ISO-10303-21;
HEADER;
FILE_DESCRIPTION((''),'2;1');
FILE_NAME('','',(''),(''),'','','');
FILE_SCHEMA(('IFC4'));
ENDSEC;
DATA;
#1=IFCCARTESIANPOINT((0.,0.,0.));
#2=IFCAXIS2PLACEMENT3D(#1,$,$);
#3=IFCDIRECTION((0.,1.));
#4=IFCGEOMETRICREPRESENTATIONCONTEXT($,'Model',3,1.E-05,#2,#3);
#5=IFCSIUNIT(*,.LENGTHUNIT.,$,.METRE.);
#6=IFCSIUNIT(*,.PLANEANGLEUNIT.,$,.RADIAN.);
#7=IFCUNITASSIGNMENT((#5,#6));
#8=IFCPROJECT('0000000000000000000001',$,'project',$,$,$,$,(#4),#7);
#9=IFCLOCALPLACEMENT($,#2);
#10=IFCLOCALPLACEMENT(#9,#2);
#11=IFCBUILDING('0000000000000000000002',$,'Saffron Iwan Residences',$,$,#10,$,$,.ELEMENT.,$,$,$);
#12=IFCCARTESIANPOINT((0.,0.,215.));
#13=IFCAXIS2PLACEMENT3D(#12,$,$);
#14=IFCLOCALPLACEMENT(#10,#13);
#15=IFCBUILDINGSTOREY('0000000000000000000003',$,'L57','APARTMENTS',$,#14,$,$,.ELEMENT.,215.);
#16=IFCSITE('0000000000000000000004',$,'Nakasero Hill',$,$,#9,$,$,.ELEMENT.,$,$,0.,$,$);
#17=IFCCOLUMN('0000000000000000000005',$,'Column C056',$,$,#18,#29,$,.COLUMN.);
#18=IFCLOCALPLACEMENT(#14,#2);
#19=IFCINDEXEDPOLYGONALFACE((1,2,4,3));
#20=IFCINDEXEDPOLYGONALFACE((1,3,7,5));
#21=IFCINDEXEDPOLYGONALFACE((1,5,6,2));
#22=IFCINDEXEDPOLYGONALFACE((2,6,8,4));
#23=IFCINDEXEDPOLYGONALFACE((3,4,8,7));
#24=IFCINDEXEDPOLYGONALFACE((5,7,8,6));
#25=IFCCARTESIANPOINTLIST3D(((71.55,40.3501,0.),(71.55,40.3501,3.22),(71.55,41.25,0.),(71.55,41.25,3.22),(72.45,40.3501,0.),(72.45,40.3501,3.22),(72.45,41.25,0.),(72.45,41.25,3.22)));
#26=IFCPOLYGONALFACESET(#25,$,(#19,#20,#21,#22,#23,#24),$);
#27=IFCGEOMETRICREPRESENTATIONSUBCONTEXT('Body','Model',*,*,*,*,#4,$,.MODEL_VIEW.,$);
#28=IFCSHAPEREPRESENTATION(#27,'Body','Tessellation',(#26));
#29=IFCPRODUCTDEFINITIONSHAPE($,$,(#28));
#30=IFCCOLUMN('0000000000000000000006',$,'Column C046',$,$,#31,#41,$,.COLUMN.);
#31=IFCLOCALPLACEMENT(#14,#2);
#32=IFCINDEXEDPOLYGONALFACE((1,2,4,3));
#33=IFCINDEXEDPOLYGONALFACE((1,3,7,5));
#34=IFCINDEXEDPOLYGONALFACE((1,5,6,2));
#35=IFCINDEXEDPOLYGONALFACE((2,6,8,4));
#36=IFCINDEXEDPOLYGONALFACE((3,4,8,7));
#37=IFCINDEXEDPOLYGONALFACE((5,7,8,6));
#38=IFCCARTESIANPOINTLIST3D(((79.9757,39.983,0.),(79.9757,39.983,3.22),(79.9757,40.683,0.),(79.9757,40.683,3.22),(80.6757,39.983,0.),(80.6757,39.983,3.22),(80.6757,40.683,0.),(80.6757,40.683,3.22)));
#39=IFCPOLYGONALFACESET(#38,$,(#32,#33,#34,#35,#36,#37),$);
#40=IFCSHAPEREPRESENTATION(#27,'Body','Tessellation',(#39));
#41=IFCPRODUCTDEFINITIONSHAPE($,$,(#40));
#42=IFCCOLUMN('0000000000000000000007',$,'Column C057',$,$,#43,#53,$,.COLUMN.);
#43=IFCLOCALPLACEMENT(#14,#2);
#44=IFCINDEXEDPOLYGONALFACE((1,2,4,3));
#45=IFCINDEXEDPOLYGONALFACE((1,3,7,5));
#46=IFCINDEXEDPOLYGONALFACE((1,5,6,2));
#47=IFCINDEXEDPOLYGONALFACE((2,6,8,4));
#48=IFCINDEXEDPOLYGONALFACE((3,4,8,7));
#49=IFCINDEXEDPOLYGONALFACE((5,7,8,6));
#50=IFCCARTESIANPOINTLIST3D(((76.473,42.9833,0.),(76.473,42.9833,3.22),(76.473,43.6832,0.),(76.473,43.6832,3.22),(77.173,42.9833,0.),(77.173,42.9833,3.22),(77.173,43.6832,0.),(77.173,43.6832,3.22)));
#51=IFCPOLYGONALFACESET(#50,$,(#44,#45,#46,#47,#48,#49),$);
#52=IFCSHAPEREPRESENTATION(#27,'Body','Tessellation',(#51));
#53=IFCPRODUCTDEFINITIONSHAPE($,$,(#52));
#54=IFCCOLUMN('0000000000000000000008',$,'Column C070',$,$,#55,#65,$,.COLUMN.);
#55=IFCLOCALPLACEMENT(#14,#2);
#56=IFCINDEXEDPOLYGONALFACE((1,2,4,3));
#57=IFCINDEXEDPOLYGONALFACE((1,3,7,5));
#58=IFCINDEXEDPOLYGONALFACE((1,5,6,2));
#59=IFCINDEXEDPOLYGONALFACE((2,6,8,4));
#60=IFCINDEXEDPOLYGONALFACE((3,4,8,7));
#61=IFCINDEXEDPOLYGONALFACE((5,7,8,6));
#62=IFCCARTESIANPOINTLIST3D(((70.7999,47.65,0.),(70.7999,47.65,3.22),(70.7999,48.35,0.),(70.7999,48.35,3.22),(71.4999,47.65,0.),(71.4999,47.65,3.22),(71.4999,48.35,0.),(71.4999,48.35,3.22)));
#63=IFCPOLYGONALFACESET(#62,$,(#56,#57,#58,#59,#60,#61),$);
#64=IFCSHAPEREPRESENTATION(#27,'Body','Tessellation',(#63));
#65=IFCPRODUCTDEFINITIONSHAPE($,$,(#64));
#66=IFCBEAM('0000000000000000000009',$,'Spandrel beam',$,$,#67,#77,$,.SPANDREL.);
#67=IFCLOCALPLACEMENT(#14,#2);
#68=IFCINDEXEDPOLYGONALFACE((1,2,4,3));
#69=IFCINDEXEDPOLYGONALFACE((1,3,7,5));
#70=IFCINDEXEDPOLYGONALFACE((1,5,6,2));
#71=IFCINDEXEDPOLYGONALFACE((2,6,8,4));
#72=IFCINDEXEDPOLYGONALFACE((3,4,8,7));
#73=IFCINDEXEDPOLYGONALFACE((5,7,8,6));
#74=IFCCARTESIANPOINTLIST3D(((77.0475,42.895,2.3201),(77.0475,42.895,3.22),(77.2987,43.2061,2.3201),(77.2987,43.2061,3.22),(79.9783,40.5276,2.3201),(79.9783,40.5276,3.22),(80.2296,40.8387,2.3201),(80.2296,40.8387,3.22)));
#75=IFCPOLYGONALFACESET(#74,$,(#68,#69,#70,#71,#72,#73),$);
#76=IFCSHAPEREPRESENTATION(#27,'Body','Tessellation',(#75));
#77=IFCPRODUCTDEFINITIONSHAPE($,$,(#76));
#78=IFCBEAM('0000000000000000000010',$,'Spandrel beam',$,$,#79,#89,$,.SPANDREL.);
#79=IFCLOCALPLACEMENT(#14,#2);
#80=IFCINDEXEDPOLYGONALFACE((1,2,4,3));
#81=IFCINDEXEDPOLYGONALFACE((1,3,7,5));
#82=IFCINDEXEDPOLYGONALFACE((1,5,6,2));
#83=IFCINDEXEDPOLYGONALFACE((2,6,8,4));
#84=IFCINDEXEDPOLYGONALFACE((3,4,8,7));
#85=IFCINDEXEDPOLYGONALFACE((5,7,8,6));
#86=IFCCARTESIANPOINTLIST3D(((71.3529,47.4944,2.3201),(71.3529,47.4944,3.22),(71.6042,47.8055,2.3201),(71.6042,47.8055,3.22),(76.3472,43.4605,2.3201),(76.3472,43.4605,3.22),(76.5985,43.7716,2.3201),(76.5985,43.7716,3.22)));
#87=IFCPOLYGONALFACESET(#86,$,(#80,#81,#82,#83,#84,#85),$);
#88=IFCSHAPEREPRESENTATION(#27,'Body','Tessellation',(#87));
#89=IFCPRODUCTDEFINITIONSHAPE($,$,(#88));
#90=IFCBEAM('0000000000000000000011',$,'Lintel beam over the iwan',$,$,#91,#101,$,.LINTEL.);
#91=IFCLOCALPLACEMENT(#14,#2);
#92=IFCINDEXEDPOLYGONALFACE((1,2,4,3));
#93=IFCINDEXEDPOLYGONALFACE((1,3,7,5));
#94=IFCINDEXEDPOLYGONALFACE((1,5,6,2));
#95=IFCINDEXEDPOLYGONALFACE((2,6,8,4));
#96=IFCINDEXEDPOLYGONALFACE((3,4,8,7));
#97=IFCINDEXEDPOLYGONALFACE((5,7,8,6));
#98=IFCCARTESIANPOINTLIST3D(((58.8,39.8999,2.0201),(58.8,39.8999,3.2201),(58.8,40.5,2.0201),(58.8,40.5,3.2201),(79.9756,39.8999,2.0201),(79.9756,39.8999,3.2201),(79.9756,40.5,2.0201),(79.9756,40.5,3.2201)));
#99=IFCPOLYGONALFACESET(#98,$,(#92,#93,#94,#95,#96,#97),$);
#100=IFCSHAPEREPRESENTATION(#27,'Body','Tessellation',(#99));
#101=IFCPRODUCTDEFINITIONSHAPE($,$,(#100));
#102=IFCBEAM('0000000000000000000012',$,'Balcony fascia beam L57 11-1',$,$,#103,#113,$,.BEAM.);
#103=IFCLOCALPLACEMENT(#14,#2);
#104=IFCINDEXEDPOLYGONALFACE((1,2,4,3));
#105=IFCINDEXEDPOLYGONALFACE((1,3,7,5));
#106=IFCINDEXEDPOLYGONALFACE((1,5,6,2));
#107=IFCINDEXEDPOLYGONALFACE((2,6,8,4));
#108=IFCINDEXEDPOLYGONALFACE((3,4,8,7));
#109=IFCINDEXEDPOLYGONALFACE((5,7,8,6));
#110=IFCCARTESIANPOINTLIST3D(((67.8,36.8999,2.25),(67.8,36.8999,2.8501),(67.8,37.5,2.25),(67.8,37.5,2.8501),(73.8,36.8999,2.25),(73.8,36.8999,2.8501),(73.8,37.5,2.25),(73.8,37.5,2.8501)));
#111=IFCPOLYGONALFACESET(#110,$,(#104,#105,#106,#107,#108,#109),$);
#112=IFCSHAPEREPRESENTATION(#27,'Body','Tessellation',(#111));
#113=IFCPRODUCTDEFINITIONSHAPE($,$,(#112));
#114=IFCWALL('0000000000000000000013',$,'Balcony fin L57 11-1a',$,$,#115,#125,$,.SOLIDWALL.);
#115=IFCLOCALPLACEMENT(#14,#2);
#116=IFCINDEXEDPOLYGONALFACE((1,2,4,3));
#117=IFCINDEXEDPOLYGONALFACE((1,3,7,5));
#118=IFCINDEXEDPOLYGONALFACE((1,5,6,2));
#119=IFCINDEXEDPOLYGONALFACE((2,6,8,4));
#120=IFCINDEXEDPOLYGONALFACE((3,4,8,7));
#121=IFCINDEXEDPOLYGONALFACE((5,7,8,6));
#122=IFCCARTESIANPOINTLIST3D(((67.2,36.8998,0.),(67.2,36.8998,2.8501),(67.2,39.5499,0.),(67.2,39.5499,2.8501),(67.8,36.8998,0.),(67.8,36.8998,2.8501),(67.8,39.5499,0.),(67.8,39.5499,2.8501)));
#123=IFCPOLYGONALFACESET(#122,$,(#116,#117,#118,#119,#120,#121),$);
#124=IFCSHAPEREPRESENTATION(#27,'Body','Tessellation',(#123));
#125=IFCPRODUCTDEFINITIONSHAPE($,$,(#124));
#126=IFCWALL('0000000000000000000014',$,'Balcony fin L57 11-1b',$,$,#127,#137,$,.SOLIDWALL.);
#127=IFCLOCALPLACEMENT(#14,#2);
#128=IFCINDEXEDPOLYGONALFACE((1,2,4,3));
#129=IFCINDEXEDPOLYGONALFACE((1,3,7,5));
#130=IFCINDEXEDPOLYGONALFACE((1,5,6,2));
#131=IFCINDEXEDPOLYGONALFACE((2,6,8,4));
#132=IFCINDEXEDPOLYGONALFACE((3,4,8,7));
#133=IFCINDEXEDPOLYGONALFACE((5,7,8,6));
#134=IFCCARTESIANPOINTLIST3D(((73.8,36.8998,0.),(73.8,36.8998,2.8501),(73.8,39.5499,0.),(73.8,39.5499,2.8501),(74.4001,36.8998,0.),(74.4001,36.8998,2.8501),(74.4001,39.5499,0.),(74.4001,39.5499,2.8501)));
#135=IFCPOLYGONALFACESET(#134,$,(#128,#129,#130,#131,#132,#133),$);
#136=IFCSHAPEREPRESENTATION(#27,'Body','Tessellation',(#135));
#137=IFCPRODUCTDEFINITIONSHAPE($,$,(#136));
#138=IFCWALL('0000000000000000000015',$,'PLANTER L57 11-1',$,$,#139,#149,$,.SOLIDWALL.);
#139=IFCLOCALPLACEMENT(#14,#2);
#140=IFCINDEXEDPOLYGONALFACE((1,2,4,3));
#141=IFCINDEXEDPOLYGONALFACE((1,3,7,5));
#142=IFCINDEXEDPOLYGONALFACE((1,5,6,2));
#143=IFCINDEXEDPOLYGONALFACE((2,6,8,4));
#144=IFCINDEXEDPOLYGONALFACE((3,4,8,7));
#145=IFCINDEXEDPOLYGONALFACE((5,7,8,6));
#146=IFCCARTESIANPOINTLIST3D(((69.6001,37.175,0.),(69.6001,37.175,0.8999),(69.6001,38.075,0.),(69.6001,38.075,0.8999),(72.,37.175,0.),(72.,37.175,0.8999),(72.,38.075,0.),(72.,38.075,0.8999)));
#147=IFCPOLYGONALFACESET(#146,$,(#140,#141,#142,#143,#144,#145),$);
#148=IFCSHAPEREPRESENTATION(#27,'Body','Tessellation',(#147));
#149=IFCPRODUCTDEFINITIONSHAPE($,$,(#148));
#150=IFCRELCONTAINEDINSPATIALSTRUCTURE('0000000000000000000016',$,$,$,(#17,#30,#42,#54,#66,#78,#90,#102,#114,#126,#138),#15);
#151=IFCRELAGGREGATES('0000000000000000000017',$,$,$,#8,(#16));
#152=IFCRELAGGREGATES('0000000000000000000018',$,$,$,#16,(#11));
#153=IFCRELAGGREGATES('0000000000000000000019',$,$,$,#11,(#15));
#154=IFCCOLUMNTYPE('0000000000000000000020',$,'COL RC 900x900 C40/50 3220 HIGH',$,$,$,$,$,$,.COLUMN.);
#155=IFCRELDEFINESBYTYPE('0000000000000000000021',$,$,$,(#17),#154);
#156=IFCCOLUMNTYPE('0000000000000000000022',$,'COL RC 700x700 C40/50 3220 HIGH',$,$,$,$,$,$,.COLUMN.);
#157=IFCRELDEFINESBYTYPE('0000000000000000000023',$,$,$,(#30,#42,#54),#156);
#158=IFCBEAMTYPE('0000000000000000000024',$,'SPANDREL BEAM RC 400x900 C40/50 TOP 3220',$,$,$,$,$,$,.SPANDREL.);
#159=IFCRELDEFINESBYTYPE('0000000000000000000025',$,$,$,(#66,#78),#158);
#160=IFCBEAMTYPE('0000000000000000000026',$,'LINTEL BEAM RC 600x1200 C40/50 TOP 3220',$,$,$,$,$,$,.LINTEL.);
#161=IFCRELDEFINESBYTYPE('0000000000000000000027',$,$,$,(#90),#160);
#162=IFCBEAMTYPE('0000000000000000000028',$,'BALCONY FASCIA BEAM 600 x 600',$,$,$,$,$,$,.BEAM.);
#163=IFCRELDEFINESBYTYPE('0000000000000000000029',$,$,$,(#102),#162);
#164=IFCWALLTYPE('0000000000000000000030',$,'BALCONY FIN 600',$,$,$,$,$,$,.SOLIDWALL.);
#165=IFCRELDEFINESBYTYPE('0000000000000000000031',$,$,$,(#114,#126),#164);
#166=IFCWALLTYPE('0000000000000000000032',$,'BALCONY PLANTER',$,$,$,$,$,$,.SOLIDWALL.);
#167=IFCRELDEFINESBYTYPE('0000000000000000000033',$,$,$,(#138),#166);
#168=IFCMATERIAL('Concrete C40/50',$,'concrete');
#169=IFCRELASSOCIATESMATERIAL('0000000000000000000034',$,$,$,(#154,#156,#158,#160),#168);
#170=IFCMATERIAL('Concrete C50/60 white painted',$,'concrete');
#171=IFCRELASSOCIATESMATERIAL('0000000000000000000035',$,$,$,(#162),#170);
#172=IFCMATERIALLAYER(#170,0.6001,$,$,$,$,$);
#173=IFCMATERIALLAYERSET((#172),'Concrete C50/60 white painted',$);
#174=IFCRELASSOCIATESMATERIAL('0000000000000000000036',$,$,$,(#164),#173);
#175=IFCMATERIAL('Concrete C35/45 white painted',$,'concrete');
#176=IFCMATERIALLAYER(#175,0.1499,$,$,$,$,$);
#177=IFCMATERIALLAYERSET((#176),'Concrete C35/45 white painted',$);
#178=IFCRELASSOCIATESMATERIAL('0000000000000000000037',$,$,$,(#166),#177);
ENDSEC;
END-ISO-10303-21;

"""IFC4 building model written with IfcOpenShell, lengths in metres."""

from ifc_helpers import new_model, si_unit, direction, frame, frame_2d, origin, origin_2d, place, context, subcontext, project, spatial, rectangle, extrude, source, transform, mapped, material, layer, layer_set, material_profile, profile_set, type_object, element, save


model = new_model("IFC4")

# Units and contexts
model_context = context("Model", 3, precision=1e-05, world=origin(), true_north=direction((0.0, 1.0)))
body_context = subcontext(model_context, "Body", "Model", "MODEL_VIEW")
ifc_project = project(units=[si_unit("LENGTHUNIT", "METRE"), si_unit("PLANEANGLEUNIT", "RADIAN")], contexts=[model_context])

# Site, building, storey
site_placement = place(None, origin())
site = spatial("IfcSite", under=ifc_project, at=site_placement, Name="Nakasero Hill", CompositionType="ELEMENT", RefElevation=0.0)
building_placement = place(site_placement, origin())
building = spatial("IfcBuilding", under=site, at=building_placement, Name="Saffron Iwan Residences", CompositionType="ELEMENT")
storey_placement = place(building_placement, frame((0.0, 0.0, 215.0)))
storey = spatial("IfcBuildingStorey", under=building, at=storey_placement, Name="L57", Description="APARTMENTS", CompositionType="ELEMENT", Elevation=215.0)

# Columns
ifc_material_1 = material(Name="Concrete C40/50", Category="concrete")
ifc_material_profile_1 = material_profile(ifc_material_1, rectangle(XDim=0.8999, YDim=0.8999, at=origin_2d()), Name="RC 900x900")
ifc_profile_set_1 = profile_set([ifc_material_profile_1], Name="Concrete C40/50")
column_type_1 = type_object("IfcColumnType", Name="COL RC 900x900 C40/50 3220 HIGH", PredefinedType="COLUMN", material=ifc_profile_set_1)
shared_shape_1 = source(origin(), body_context, "Body", "SweptSolid", [
    extrude(rectangle(XDim=0.8999, YDim=0.8999, at=origin_2d()), origin(), (0.0, 0.0, 1.0), 3.22),
])
column_placement = place(storey_placement, frame((72.0, 40.8, 0.0), z_axis=(0.0, 0.0, 1.0), x_axis=(1.0, 0.0, 0.0)))
element("IfcColumn", 1, at=column_placement, inside=storey, type_object=column_type_1, Name="Column C056", PredefinedType="COLUMN", context=body_context, shape_type="MappedRepresentation", body=[
    mapped(shared_shape_1, transform((0.0, 0.0, 0.0))),
])
ifc_material_profile_2 = material_profile(ifc_material_1, rectangle(XDim=0.7, YDim=0.7, at=origin_2d()), Name="RC 700x700")
ifc_profile_set_2 = profile_set([ifc_material_profile_2], Name="Concrete C40/50")
column_type_2 = type_object("IfcColumnType", Name="COL RC 700x700 C40/50 3220 HIGH", PredefinedType="COLUMN", material=ifc_profile_set_2)
shared_shape_2 = source(origin(), body_context, "Body", "SweptSolid", [
    extrude(rectangle(XDim=0.7, YDim=0.7, at=origin_2d()), origin(), (0.0, 0.0, 1.0), 3.22),
])
for number, where, z_axis, x_axis, name in (
    (2, (80.3257, 40.333, 0.0), (0.0, 0.0, 1.0), (1.0, 0.0, 0.0), "Column C046"),
    (3, (76.823, 43.3333, 0.0), (0.0, 0.0, 1.0), (1.0, 0.0, 0.0), "Column C057"),
    (4, (71.1499, 48.0, 0.0), (0.0, 0.0, 1.0), (1.0, 0.0, 0.0), "Column C070"),
):
    element("IfcColumn", number, at=place(storey_placement, frame(where, z_axis=z_axis, x_axis=x_axis)), inside=storey, type_object=column_type_2, Name=name, PredefinedType="COLUMN", context=body_context, shape_type="MappedRepresentation", body=[
        mapped(shared_shape_2, transform((0.0, 0.0, 0.0))),
    ])

# Beams
ifc_material_profile_3 = material_profile(ifc_material_1, rectangle(XDim=0.3999, YDim=0.8999, at=origin_2d()), Name="RC 400x900")
ifc_profile_set_3 = profile_set([ifc_material_profile_3], Name="Concrete C40/50")
beam_type_1 = type_object("IfcBeamType", Name="SPANDREL BEAM RC 400x900 C40/50 TOP 3220", PredefinedType="SPANDREL", material=ifc_profile_set_3)
shared_shape_3 = source(origin(), body_context, "Body", "SweptSolid", [
    extrude(rectangle(XDim=0.3999, YDim=0.8999, at=origin_2d()), origin(), (0.0, 0.0, 1.0), 3.7676),
])
beam_1_placement = place(storey_placement, frame((77.1731, 43.0505, 2.77), z_axis=(0.77792, -0.628363, 0.0), x_axis=(0.628363, 0.77792, 0.0)))
element("IfcBeam", 5, at=beam_1_placement, inside=storey, type_object=beam_type_1, Name="Spandrel beam", PredefinedType="SPANDREL", context=body_context, shape_type="MappedRepresentation", body=[
    mapped(shared_shape_3, transform((0.0, 0.0, 0.0))),
])
shared_shape_4 = source(origin(), body_context, "Body", "SweptSolid", [
    extrude(rectangle(XDim=0.3999, YDim=0.8999, at=origin_2d()), origin(), (0.0, 0.0, 1.0), 6.4199),
])
beam_2_placement = place(storey_placement, frame((71.4785, 47.6499, 2.77), z_axis=(0.77794, -0.628338, 0.0), x_axis=(0.628338, 0.77794, 0.0)))
element("IfcBeam", 6, at=beam_2_placement, inside=storey, type_object=beam_type_1, Name="Spandrel beam", PredefinedType="SPANDREL", context=body_context, shape_type="MappedRepresentation", body=[
    mapped(shared_shape_4, transform((0.0, 0.0, 0.0))),
])
ifc_material_profile_4 = material_profile(ifc_material_1, rectangle(XDim=0.6001, YDim=1.2, at=origin_2d()), Name="RC 600x1200")
ifc_profile_set_4 = profile_set([ifc_material_profile_4], Name="Concrete C40/50")
beam_type_2 = type_object("IfcBeamType", Name="LINTEL BEAM RC 600x1200 C40/50 TOP 3220", PredefinedType="LINTEL", material=ifc_profile_set_4)
shared_shape_5 = source(origin(), body_context, "Body", "SweptSolid", [
    extrude(rectangle(XDim=0.6001, YDim=1.2, at=origin_2d()), origin(), (0.0, 0.0, 1.0), 21.1755),
])
beam_3_placement = place(storey_placement, frame((79.9756, 40.2, 2.6201), z_axis=(-1.0, 0.0, 0.0), x_axis=(0.0, -1.0, 0.0)))
element("IfcBeam", 7, at=beam_3_placement, inside=storey, type_object=beam_type_2, Name="Lintel beam over the iwan", PredefinedType="LINTEL", context=body_context, shape_type="MappedRepresentation", body=[
    mapped(shared_shape_5, transform((0.0, 0.0, 0.0))),
])
ifc_material_2 = material(Name="Concrete C50/60 white painted", Category="concrete")
ifc_material_profile_5 = material_profile(ifc_material_2, rectangle(XDim=0.6001, YDim=0.6001, at=origin_2d()), Name="BALCONY FASCIA BEAM 600 x 600")
ifc_profile_set_5 = profile_set([ifc_material_profile_5], Name="Concrete C50/60 white painted")
beam_type_3 = type_object("IfcBeamType", Name="BALCONY FASCIA BEAM 600 x 600", PredefinedType="BEAM", material=ifc_profile_set_5)
shared_shape_6 = source(origin(), body_context, "Body", "SweptSolid", [
    extrude(rectangle(XDim=0.6001, YDim=0.6001, at=origin_2d()), origin(), (0.0, 0.0, 1.0), 6.0),
])
beam_4_placement = place(storey_placement, frame((67.8, 37.2, 2.55), z_axis=(1.0, 0.0, 0.0), x_axis=(0.0, 1.0, 0.0)))
element("IfcBeam", 8, at=beam_4_placement, inside=storey, type_object=beam_type_3, Name="Balcony fascia beam L57 11-1", PredefinedType="BEAM", context=body_context, shape_type="MappedRepresentation", body=[
    mapped(shared_shape_6, transform((0.0, 0.0, 0.0))),
])

# Walls
ifc_layer_1 = layer(ifc_material_2, 0.6001)
ifc_layer_set_1 = layer_set([ifc_layer_1], Name="Concrete C50/60 white painted")
wall_type_1 = type_object("IfcWallType", Name="BALCONY FIN 600", PredefinedType="SOLIDWALL", material=ifc_layer_set_1)
for number, where, z_axis, x_axis, name in (
    (9, (67.5, 39.55, 0.0), (0.0, 0.0, 1.0), (0.0, -1.0, 0.0), "Balcony fin L57 11-1a"),
    (10, (74.1001, 39.55, 0.0), (0.0, 0.0, 1.0), (0.0, -1.0, 0.0), "Balcony fin L57 11-1b"),
):
    element("IfcWall", number, at=place(storey_placement, frame(where, z_axis=z_axis, x_axis=x_axis)), inside=storey, type_object=wall_type_1, Name=name, PredefinedType="SOLIDWALL", context=body_context, shape_type="SweptSolid", body=[
        extrude(rectangle(XDim=2.6501, YDim=0.6001, at=frame_2d((1.3252, 0.0))), origin(), (0.0, 0.0, 1.0), 2.8501),
    ])
ifc_material_3 = material(Name="Concrete C35/45 white painted", Category="concrete")
ifc_layer_2 = layer(ifc_material_3, 0.1499)
ifc_layer_set_2 = layer_set([ifc_layer_2], Name="Concrete C35/45 white painted")
wall_type_2 = type_object("IfcWallType", Name="BALCONY PLANTER", PredefinedType="SOLIDWALL", material=ifc_layer_set_2)
wall_1_placement = place(storey_placement, frame((69.6001, 37.625, 0.0), z_axis=(0.0, 0.0, 1.0), x_axis=(1.0, 0.0, 0.0)))
element("IfcWall", 11, at=wall_1_placement, inside=storey, type_object=wall_type_2, Name="PLANTER L57 11-1", PredefinedType="SOLIDWALL", context=body_context, shape_type="SweptSolid", body=[
    extrude(rectangle(XDim=2.3999, YDim=0.8999, at=frame_2d((1.2, 0.0))), origin(), (0.0, 0.0, 1.0), 0.8999),
])

save(model, "model.ifc")
